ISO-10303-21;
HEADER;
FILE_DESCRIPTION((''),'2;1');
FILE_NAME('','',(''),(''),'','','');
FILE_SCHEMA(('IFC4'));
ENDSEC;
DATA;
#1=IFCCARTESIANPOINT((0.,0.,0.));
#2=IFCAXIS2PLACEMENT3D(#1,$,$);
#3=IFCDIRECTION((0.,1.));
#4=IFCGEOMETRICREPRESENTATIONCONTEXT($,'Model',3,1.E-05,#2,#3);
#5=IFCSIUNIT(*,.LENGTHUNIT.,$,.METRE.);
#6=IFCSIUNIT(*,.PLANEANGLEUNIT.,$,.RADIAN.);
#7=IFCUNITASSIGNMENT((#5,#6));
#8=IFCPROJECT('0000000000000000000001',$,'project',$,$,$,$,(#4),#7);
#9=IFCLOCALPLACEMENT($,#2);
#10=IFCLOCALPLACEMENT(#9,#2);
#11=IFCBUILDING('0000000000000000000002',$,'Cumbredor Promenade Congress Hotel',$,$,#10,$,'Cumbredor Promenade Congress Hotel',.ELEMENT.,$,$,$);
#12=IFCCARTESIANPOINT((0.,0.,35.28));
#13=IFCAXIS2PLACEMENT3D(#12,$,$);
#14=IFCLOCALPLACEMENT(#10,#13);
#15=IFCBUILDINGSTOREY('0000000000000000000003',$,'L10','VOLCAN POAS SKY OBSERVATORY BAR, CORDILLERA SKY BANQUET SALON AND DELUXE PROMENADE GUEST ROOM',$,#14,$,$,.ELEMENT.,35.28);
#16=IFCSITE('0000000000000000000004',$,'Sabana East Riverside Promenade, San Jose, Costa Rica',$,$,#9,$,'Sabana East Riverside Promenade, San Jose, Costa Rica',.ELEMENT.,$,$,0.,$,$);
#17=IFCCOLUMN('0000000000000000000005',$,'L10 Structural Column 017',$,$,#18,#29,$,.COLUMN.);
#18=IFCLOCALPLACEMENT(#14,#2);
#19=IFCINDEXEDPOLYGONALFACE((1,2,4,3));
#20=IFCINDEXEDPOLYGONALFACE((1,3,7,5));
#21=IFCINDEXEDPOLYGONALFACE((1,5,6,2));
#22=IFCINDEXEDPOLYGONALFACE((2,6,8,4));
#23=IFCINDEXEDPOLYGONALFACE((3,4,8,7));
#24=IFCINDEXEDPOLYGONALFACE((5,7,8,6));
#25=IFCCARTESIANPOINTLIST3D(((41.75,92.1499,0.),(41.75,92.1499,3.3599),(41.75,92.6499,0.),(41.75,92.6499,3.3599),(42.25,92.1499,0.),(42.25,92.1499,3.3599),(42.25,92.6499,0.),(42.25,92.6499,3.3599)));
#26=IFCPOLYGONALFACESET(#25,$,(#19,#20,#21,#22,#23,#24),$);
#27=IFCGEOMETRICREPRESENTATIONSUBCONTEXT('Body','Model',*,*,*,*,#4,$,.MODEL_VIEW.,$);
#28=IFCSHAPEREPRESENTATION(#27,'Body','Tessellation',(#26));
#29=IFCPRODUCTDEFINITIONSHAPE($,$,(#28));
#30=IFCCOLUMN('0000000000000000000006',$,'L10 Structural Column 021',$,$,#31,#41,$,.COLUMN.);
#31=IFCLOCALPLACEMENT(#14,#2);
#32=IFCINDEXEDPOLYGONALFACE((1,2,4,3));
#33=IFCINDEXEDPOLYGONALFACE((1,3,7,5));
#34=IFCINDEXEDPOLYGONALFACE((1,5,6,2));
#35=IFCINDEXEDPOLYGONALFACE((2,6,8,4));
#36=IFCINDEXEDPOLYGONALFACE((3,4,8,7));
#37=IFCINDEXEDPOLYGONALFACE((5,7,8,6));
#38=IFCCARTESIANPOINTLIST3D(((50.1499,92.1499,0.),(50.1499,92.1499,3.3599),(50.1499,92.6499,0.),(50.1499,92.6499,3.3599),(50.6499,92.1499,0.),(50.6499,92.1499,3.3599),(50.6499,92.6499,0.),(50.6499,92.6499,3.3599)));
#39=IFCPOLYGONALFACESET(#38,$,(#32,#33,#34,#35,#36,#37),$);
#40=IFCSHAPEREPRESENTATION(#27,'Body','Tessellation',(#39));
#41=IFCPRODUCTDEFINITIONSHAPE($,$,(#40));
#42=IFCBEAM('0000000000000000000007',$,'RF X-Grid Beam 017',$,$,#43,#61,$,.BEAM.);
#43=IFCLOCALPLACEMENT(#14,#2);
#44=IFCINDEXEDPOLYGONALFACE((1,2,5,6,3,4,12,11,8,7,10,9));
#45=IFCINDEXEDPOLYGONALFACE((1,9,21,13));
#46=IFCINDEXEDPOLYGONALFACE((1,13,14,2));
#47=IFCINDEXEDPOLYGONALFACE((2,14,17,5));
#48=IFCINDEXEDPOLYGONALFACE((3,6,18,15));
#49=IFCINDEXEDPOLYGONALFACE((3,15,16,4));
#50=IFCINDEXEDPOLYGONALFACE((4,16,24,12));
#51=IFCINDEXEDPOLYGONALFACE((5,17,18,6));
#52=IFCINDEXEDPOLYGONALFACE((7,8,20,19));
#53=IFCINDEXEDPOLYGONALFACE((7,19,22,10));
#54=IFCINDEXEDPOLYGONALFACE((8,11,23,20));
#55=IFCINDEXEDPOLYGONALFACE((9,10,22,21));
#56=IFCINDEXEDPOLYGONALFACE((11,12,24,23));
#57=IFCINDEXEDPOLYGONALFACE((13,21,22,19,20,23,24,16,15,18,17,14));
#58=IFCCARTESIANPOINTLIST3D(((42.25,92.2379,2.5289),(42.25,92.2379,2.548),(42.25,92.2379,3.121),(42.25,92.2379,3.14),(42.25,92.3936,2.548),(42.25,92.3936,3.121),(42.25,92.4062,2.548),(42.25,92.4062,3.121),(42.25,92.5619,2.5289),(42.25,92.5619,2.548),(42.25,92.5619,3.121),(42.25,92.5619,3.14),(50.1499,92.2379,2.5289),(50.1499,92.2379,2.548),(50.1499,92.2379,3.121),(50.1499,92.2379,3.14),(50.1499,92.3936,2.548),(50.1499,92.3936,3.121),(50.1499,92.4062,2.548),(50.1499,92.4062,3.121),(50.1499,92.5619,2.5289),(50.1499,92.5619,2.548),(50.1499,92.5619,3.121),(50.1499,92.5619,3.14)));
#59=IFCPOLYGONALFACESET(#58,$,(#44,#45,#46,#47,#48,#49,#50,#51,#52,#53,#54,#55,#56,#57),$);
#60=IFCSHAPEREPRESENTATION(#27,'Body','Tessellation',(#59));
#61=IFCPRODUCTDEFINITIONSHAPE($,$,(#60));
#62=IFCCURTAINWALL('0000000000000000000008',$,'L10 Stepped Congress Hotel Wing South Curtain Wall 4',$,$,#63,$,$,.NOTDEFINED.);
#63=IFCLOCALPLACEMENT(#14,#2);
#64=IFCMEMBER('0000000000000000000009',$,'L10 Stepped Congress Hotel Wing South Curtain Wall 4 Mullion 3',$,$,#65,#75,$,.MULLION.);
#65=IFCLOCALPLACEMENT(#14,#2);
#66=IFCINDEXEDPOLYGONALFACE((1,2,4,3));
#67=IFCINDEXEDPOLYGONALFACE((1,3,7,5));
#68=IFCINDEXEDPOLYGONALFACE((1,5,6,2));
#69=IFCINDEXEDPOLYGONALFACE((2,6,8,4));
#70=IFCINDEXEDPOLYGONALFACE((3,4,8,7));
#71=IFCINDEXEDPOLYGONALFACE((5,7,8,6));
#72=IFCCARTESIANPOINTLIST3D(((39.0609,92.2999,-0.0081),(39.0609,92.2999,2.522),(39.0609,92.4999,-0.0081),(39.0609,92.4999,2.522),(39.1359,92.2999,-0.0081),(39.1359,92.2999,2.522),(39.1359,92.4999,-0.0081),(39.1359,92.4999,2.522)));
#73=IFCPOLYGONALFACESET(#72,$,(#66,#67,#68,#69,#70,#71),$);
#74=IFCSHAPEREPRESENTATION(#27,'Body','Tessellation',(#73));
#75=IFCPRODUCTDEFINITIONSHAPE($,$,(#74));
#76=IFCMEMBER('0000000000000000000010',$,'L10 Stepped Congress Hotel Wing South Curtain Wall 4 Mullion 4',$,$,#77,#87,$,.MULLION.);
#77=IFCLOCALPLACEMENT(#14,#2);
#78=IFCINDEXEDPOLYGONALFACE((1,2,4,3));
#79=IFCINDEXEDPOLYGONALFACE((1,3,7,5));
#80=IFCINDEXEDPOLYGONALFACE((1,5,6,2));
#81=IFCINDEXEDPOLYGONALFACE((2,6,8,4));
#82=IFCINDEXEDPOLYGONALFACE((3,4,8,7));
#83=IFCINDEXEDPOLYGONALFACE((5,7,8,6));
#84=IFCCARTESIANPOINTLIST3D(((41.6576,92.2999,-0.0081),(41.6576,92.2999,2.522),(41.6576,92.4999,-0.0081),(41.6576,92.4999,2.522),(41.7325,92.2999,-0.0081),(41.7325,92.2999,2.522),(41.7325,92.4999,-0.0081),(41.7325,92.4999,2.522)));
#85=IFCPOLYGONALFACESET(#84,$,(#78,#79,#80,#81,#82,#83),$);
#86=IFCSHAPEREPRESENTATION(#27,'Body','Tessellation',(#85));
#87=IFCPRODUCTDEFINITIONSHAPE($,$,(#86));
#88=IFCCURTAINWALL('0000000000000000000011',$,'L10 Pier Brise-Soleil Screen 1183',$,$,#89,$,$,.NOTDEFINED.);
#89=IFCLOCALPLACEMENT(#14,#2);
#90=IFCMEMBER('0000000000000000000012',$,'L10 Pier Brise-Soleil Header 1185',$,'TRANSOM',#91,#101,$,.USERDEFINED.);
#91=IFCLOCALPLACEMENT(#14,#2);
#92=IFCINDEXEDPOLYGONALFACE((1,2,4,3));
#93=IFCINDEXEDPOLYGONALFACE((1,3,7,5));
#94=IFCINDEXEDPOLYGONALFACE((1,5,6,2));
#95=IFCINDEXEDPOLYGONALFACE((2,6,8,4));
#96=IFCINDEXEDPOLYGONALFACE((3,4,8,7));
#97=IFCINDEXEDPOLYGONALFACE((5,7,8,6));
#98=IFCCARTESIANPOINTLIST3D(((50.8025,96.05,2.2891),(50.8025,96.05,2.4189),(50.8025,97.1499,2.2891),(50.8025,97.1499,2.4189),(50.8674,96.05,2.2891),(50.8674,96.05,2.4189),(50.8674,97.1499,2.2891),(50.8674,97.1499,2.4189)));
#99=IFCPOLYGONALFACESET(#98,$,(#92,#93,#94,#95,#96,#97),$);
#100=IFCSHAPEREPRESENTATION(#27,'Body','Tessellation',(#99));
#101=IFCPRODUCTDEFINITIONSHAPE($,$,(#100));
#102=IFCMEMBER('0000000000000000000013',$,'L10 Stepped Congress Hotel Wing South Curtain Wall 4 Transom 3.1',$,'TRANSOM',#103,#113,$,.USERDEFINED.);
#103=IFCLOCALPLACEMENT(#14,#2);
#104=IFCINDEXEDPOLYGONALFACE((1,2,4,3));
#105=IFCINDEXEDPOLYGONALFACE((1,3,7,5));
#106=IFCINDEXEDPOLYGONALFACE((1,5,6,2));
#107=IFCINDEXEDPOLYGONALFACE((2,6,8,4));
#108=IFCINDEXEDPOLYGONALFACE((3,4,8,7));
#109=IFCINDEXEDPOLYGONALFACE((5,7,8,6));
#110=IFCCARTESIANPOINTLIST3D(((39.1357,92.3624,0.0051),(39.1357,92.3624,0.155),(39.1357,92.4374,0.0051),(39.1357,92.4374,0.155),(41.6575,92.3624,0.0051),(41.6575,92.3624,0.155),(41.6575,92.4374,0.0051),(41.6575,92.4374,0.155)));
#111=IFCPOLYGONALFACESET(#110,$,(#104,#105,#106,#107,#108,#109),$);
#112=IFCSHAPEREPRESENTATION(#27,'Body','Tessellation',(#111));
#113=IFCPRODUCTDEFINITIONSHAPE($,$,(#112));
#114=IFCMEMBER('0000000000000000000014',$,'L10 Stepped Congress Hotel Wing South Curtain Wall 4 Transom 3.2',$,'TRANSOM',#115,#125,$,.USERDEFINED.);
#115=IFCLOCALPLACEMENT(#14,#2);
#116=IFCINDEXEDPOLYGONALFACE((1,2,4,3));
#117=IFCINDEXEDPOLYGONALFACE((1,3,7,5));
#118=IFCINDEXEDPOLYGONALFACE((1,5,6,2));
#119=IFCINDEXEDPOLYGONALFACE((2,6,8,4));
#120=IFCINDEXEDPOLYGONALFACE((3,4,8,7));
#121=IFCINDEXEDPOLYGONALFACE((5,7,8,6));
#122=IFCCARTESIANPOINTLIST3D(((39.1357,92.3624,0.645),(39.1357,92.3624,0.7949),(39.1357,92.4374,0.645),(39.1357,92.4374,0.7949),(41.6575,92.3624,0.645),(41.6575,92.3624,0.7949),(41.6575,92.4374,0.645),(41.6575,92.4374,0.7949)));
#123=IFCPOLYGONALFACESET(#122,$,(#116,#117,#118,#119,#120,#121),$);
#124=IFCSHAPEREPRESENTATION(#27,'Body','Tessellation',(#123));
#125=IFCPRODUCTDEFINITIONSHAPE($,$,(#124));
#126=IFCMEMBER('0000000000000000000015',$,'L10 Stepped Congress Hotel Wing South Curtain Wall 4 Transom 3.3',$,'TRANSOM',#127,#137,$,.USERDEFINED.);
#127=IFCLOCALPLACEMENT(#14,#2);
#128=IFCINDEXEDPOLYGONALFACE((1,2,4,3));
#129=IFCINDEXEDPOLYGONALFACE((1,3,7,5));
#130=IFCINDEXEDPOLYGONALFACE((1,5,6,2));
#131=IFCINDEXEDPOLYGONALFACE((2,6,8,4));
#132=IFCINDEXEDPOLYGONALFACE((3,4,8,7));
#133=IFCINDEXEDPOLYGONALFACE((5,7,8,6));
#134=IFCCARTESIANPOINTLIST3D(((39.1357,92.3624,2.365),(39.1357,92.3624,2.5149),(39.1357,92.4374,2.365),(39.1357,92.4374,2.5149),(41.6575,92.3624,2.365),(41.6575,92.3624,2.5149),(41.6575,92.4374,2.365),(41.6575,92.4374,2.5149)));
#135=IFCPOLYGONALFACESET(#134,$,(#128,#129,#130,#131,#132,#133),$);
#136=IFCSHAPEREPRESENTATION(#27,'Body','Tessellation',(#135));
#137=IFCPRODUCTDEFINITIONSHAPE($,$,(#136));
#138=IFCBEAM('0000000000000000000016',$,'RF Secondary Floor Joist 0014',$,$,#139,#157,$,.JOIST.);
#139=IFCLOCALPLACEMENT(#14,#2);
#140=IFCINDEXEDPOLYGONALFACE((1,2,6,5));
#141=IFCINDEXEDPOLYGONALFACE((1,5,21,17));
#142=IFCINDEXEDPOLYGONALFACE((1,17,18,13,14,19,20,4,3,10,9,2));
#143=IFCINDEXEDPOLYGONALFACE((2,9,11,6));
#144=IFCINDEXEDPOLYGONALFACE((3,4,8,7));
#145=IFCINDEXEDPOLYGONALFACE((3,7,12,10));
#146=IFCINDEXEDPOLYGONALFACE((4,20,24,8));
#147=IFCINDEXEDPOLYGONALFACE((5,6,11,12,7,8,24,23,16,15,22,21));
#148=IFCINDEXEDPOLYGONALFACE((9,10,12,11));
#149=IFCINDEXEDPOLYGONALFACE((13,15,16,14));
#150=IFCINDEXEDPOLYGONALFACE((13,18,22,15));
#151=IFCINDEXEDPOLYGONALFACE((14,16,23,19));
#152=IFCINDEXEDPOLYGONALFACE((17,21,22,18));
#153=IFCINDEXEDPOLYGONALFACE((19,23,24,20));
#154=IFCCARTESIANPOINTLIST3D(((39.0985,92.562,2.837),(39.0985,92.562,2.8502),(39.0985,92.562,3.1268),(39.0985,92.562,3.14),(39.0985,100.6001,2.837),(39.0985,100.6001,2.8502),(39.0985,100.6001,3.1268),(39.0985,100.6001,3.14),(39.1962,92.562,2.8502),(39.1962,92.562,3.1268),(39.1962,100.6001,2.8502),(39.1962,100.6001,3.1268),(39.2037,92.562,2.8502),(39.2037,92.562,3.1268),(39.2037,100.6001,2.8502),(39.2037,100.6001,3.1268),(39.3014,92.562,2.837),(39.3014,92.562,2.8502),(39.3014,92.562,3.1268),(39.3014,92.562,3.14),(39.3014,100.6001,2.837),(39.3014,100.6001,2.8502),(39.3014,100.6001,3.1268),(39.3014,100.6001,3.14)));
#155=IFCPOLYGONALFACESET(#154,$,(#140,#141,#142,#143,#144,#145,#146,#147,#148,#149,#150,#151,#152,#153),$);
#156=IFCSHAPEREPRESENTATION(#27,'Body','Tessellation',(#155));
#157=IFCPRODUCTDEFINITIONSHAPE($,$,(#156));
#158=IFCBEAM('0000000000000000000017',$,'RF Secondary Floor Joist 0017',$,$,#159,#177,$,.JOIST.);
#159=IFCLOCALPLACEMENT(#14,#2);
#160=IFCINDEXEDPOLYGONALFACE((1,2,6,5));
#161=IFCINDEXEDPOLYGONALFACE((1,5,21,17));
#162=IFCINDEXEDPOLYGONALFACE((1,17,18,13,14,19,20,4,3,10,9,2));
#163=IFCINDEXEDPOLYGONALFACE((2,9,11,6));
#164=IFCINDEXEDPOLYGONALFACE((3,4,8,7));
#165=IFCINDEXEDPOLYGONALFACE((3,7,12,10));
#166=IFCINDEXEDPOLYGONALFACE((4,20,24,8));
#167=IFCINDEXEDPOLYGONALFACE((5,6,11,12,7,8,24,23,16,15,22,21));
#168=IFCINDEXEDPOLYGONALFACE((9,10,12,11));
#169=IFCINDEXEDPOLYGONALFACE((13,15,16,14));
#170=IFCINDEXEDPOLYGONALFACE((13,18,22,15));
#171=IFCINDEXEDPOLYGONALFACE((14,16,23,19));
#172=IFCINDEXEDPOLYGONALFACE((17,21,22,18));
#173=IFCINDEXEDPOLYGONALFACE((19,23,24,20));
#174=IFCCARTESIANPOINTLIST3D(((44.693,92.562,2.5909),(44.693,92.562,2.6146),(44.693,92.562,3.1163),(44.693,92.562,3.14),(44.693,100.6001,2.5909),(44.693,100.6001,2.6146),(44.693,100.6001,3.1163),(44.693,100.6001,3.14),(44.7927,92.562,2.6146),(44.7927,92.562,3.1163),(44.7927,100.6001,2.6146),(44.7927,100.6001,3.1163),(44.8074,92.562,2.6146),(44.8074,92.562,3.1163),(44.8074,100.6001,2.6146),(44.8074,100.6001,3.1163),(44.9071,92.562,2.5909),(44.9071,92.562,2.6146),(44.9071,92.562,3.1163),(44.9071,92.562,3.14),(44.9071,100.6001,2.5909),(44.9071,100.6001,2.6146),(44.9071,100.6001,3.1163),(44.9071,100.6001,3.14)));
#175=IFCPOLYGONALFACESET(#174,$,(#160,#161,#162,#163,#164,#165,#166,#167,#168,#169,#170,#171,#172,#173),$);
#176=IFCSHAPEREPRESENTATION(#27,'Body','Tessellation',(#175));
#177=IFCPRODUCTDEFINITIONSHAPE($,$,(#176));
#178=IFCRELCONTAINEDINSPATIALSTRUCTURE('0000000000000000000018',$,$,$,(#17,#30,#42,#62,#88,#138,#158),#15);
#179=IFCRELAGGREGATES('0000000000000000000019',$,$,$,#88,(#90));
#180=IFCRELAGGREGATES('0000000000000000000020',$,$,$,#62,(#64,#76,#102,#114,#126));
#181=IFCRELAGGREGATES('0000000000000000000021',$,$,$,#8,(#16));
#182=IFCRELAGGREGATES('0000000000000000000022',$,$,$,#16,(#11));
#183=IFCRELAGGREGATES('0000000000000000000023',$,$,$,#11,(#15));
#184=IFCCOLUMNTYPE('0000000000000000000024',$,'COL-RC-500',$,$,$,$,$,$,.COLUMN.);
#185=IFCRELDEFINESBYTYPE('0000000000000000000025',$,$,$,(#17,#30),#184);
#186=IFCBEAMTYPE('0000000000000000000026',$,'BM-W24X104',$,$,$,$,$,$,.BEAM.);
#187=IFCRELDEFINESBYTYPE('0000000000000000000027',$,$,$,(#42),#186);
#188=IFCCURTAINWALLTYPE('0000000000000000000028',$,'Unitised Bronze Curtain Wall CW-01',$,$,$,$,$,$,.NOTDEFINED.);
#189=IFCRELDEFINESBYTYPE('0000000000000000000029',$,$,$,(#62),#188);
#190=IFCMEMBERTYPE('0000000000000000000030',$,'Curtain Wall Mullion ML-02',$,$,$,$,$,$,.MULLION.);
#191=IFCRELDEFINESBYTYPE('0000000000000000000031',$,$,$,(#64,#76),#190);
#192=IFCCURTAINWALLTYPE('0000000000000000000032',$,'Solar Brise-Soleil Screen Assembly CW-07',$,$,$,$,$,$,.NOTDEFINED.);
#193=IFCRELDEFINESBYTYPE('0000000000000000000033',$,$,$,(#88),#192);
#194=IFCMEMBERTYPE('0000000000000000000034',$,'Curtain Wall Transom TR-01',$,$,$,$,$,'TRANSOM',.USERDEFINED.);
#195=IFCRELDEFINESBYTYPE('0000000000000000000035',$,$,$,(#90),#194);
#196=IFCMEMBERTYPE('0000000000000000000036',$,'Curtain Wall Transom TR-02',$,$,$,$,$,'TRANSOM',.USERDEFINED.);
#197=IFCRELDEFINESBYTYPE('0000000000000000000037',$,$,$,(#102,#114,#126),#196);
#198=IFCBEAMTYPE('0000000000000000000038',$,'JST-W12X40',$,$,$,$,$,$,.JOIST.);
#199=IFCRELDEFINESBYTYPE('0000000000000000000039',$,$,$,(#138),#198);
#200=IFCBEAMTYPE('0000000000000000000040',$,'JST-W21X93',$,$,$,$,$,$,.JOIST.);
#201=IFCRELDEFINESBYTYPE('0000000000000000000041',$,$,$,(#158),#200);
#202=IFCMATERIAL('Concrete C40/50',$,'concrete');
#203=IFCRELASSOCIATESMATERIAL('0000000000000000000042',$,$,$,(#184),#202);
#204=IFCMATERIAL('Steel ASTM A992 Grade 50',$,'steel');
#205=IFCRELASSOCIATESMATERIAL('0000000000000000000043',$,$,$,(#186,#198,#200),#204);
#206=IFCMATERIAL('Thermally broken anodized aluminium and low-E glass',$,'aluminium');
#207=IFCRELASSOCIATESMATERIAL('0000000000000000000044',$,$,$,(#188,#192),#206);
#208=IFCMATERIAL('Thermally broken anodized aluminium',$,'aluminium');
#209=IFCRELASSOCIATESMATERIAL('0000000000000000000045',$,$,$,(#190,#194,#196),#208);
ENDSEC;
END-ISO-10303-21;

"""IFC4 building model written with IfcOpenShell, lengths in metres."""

from ifc_helpers import new_model, si_unit, direction, frame, origin, origin_2d, place, context, subcontext, project, spatial, rectangle, i_section, extrude, material, material_profile, profile_set, type_object, element, aggregate, save


model = new_model("IFC4")

# Units and contexts
model_context = context("Model", 3, precision=1e-05, world=origin(), true_north=direction((0.0, 1.0)))
body_context = subcontext(model_context, "Body", "Model", "MODEL_VIEW")
ifc_project = project(units=[si_unit("LENGTHUNIT", "METRE"), si_unit("PLANEANGLEUNIT", "RADIAN")], contexts=[model_context])

# Site, building, storey
site_placement = place(None, origin())
site = spatial("IfcSite", under=ifc_project, at=site_placement, Name="Sabana East Riverside Promenade, San Jose, Costa Rica", LongName="Sabana East Riverside Promenade, San Jose, Costa Rica", CompositionType="ELEMENT", RefElevation=0.0)
building_placement = place(site_placement, origin())
building = spatial("IfcBuilding", under=site, at=building_placement, Name="Cumbredor Promenade Congress Hotel", LongName="Cumbredor Promenade Congress Hotel", CompositionType="ELEMENT")
storey_placement = place(building_placement, frame((0.0, 0.0, 35.28)))
storey = spatial("IfcBuildingStorey", under=building, at=storey_placement, Name="L10", Description="VOLCAN POAS SKY OBSERVATORY BAR, CORDILLERA SKY BANQUET SALON AND DELUXE PROMENADE GUEST ROOM", CompositionType="ELEMENT", Elevation=35.28)

# Columns
ifc_material_1 = material(Name="Concrete C40/50", Category="concrete")
ifc_material_profile_1 = material_profile(ifc_material_1, rectangle(XDim=0.5, YDim=0.5, at=origin_2d()), Name="RC 500x500")
ifc_profile_set_1 = profile_set([ifc_material_profile_1], Name="Concrete C40/50")
column_type = type_object("IfcColumnType", Name="COL-RC-500", PredefinedType="COLUMN", material=ifc_profile_set_1)
for number, where, z_axis, x_axis, name in (
    (1, (42.0, 92.3999, 0.0), (0.0, 0.0, 1.0), (1.0, 0.0, 0.0), "L10 Structural Column 017"),
    (2, (50.3999, 92.3999, 0.0), (0.0, 0.0, 1.0), (1.0, 0.0, 0.0), "L10 Structural Column 021"),
):
    element("IfcColumn", number, at=place(storey_placement, frame(where, z_axis=z_axis, x_axis=x_axis)), inside=storey, type_object=column_type, Name=name, PredefinedType="COLUMN", context=body_context, shape_type="SweptSolid", body=[
        extrude(rectangle(XDim=0.5, YDim=0.5, at=origin_2d()), origin(), (0.0, 0.0, 1.0), 3.3599),
    ])

# Beam
ifc_material_2 = material(Name="Steel ASTM A992 Grade 50", Category="steel")
ifc_material_profile_2 = material_profile(ifc_material_2, i_section(OverallWidth=0.324, OverallDepth=0.6111, WebThickness=0.0127, FlangeThickness=0.019, at=origin_2d()), Name="W24X104")
ifc_profile_set_2 = profile_set([ifc_material_profile_2], Name="Steel ASTM A992 Grade 50")
beam_type_1 = type_object("IfcBeamType", Name="BM-W24X104", PredefinedType="BEAM", material=ifc_profile_set_2)
beam_1_placement = place(storey_placement, frame((42.25, 92.3999, 2.8345), z_axis=(1.0, 0.0, 0.0), x_axis=(0.0, 1.0, 0.0)))
element("IfcBeam", 3, at=beam_1_placement, inside=storey, type_object=beam_type_1, Name="RF X-Grid Beam 017", PredefinedType="BEAM", context=body_context, shape_type="SweptSolid", body=[
    extrude(i_section(OverallWidth=0.324, OverallDepth=0.6111, WebThickness=0.0127, FlangeThickness=0.019, at=origin_2d()), origin(), (0.0, 0.0, 1.0), 7.8999),
])

# Curtain wall, members
ifc_material_3 = material(Name="Thermally broken anodized aluminium and low-E glass", Category="aluminium")
curtain_wall_type_1 = type_object("IfcCurtainWallType", Name="Unitised Bronze Curtain Wall CW-01", PredefinedType="NOTDEFINED", material=ifc_material_3)
curtain_wall_1_placement = place(storey_placement, origin())
curtain_wall_1 = element("IfcCurtainWall", 4, at=curtain_wall_1_placement, inside=storey, type_object=curtain_wall_type_1, Name="L10 Stepped Congress Hotel Wing South Curtain Wall 4", PredefinedType="NOTDEFINED")
ifc_material_4 = material(Name="Thermally broken anodized aluminium", Category="aluminium")
ifc_material_profile_3 = material_profile(ifc_material_4, rectangle(XDim=0.075, YDim=0.2, at=origin_2d()), Name="ALU MULLION 75x200")
ifc_profile_set_3 = profile_set([ifc_material_profile_3], Name="Thermally broken anodized aluminium")
member_type_1 = type_object("IfcMemberType", Name="Curtain Wall Mullion ML-02", PredefinedType="MULLION", material=ifc_profile_set_3)
member_1_placement = place(storey_placement, frame((39.0984, 92.3999, -0.0081), z_axis=(0.0, 0.0, 1.0), x_axis=(1.0, 0.0, 0.0)))
member_1 = element("IfcMember", 5, at=member_1_placement, type_object=member_type_1, Name="L10 Stepped Congress Hotel Wing South Curtain Wall 4 Mullion 3", PredefinedType="MULLION", context=body_context, shape_type="SweptSolid", body=[
    extrude(rectangle(XDim=0.075, YDim=0.2, at=origin_2d()), origin(), (0.0, 0.0, 1.0), 2.53),
])
member_2_placement = place(storey_placement, frame((41.6951, 92.3999, -0.0081), z_axis=(0.0, 0.0, 1.0), x_axis=(1.0, 0.0, 0.0)))
member_2 = element("IfcMember", 6, at=member_2_placement, type_object=member_type_1, Name="L10 Stepped Congress Hotel Wing South Curtain Wall 4 Mullion 4", PredefinedType="MULLION", context=body_context, shape_type="SweptSolid", body=[
    extrude(rectangle(XDim=0.075, YDim=0.2, at=origin_2d()), origin(), (0.0, 0.0, 1.0), 2.53),
])

# Curtain wall, member
curtain_wall_type_2 = type_object("IfcCurtainWallType", Name="Solar Brise-Soleil Screen Assembly CW-07", PredefinedType="NOTDEFINED", material=ifc_material_3)
curtain_wall_2_placement = place(storey_placement, origin())
curtain_wall_2 = element("IfcCurtainWall", 7, at=curtain_wall_2_placement, inside=storey, type_object=curtain_wall_type_2, Name="L10 Pier Brise-Soleil Screen 1183", PredefinedType="NOTDEFINED")
ifc_material_profile_4 = material_profile(ifc_material_4, rectangle(XDim=0.0649, YDim=0.1299, at=origin_2d()), Name="ALU TRANSOM 65x130")
ifc_profile_set_4 = profile_set([ifc_material_profile_4], Name="Thermally broken anodized aluminium")
member_type_2 = type_object("IfcMemberType", Name="Curtain Wall Transom TR-01", ElementType="TRANSOM", PredefinedType="USERDEFINED", material=ifc_profile_set_4)
member_3_placement = place(storey_placement, frame((50.835, 96.05, 2.354), z_axis=(0.0, 1.0, 0.0), x_axis=(-1.0, 0.0, 0.0)))
member_3 = element("IfcMember", 8, at=member_3_placement, type_object=member_type_2, Name="L10 Pier Brise-Soleil Header 1185", ObjectType="TRANSOM", PredefinedType="USERDEFINED", context=body_context, shape_type="SweptSolid", body=[
    extrude(rectangle(XDim=0.0649, YDim=0.1299, at=origin_2d()), origin(), (0.0, 0.0, 1.0), 1.0999),
])
aggregate(curtain_wall_2, [member_3])

# Members
ifc_material_profile_5 = material_profile(ifc_material_4, rectangle(XDim=0.075, YDim=0.1499, at=origin_2d()), Name="ALU TRANSOM 75x150")
ifc_profile_set_5 = profile_set([ifc_material_profile_5], Name="Thermally broken anodized aluminium")
member_type_3 = type_object("IfcMemberType", Name="Curtain Wall Transom TR-02", ElementType="TRANSOM", PredefinedType="USERDEFINED", material=ifc_profile_set_5)
member_4_placement = place(storey_placement, frame((39.1357, 92.3999, 0.0801), z_axis=(1.0, 0.0, 0.0), x_axis=(0.0, 1.0, 0.0)))
member_4 = element("IfcMember", 9, at=member_4_placement, type_object=member_type_3, Name="L10 Stepped Congress Hotel Wing South Curtain Wall 4 Transom 3.1", ObjectType="TRANSOM", PredefinedType="USERDEFINED", context=body_context, shape_type="SweptSolid", body=[
    extrude(rectangle(XDim=0.075, YDim=0.1499, at=origin_2d()), origin(), (0.0, 0.0, 1.0), 2.5217),
])
member_5_placement = place(storey_placement, frame((39.1357, 92.3999, 0.72), z_axis=(1.0, 0.0, 0.0), x_axis=(0.0, 1.0, 0.0)))
member_5 = element("IfcMember", 10, at=member_5_placement, type_object=member_type_3, Name="L10 Stepped Congress Hotel Wing South Curtain Wall 4 Transom 3.2", ObjectType="TRANSOM", PredefinedType="USERDEFINED", context=body_context, shape_type="SweptSolid", body=[
    extrude(rectangle(XDim=0.075, YDim=0.1499, at=origin_2d()), origin(), (0.0, 0.0, 1.0), 2.5217),
])
member_6_placement = place(storey_placement, frame((39.1357, 92.3999, 2.4399), z_axis=(1.0, 0.0, 0.0), x_axis=(0.0, 1.0, 0.0)))
member_6 = element("IfcMember", 11, at=member_6_placement, type_object=member_type_3, Name="L10 Stepped Congress Hotel Wing South Curtain Wall 4 Transom 3.3", ObjectType="TRANSOM", PredefinedType="USERDEFINED", context=body_context, shape_type="SweptSolid", body=[
    extrude(rectangle(XDim=0.075, YDim=0.1499, at=origin_2d()), origin(), (0.0, 0.0, 1.0), 2.5217),
])

# Beams
ifc_material_profile_6 = material_profile(ifc_material_2, i_section(OverallWidth=0.2029, OverallDepth=0.303, WebThickness=0.0076, FlangeThickness=0.0132, at=origin_2d()), Name="W12X40")
ifc_profile_set_6 = profile_set([ifc_material_profile_6], Name="Steel ASTM A992 Grade 50")
beam_type_2 = type_object("IfcBeamType", Name="JST-W12X40", PredefinedType="JOIST", material=ifc_profile_set_6)
beam_2_placement = place(storey_placement, frame((39.2, 92.562, 2.9885), z_axis=(0.0, 1.0, 0.0), x_axis=(-1.0, 0.0, 0.0)))
element("IfcBeam", 12, at=beam_2_placement, inside=storey, type_object=beam_type_2, Name="RF Secondary Floor Joist 0014", PredefinedType="JOIST", context=body_context, shape_type="SweptSolid", body=[
    extrude(i_section(OverallWidth=0.2029, OverallDepth=0.303, WebThickness=0.0076, FlangeThickness=0.0132, at=origin_2d()), origin(), (0.0, 0.0, 1.0), 8.0381),
])
ifc_material_profile_7 = material_profile(ifc_material_2, i_section(OverallWidth=0.2141, OverallDepth=0.5491, WebThickness=0.0146, FlangeThickness=0.0237, at=origin_2d()), Name="W21X93")
ifc_profile_set_7 = profile_set([ifc_material_profile_7], Name="Steel ASTM A992 Grade 50")
beam_type_3 = type_object("IfcBeamType", Name="JST-W21X93", PredefinedType="JOIST", material=ifc_profile_set_7)
for number, where, z_axis, x_axis, name in (
    (13, (44.8, 92.562, 2.8655), (0.0, 1.0, 0.0), (-1.0, 0.0, 0.0), "RF Secondary Floor Joist 0017"),
):
    element("IfcBeam", number, at=place(storey_placement, frame(where, z_axis=z_axis, x_axis=x_axis)), inside=storey, type_object=beam_type_3, Name=name, PredefinedType="JOIST", context=body_context, shape_type="SweptSolid", body=[
        extrude(i_section(OverallWidth=0.2141, OverallDepth=0.5491, WebThickness=0.0146, FlangeThickness=0.0237, at=origin_2d()), origin(), (0.0, 0.0, 1.0), 8.0381),
    ])

aggregate(curtain_wall_1, [member_1, member_2, member_4, member_5, member_6])

save(model, "model.ifc")
